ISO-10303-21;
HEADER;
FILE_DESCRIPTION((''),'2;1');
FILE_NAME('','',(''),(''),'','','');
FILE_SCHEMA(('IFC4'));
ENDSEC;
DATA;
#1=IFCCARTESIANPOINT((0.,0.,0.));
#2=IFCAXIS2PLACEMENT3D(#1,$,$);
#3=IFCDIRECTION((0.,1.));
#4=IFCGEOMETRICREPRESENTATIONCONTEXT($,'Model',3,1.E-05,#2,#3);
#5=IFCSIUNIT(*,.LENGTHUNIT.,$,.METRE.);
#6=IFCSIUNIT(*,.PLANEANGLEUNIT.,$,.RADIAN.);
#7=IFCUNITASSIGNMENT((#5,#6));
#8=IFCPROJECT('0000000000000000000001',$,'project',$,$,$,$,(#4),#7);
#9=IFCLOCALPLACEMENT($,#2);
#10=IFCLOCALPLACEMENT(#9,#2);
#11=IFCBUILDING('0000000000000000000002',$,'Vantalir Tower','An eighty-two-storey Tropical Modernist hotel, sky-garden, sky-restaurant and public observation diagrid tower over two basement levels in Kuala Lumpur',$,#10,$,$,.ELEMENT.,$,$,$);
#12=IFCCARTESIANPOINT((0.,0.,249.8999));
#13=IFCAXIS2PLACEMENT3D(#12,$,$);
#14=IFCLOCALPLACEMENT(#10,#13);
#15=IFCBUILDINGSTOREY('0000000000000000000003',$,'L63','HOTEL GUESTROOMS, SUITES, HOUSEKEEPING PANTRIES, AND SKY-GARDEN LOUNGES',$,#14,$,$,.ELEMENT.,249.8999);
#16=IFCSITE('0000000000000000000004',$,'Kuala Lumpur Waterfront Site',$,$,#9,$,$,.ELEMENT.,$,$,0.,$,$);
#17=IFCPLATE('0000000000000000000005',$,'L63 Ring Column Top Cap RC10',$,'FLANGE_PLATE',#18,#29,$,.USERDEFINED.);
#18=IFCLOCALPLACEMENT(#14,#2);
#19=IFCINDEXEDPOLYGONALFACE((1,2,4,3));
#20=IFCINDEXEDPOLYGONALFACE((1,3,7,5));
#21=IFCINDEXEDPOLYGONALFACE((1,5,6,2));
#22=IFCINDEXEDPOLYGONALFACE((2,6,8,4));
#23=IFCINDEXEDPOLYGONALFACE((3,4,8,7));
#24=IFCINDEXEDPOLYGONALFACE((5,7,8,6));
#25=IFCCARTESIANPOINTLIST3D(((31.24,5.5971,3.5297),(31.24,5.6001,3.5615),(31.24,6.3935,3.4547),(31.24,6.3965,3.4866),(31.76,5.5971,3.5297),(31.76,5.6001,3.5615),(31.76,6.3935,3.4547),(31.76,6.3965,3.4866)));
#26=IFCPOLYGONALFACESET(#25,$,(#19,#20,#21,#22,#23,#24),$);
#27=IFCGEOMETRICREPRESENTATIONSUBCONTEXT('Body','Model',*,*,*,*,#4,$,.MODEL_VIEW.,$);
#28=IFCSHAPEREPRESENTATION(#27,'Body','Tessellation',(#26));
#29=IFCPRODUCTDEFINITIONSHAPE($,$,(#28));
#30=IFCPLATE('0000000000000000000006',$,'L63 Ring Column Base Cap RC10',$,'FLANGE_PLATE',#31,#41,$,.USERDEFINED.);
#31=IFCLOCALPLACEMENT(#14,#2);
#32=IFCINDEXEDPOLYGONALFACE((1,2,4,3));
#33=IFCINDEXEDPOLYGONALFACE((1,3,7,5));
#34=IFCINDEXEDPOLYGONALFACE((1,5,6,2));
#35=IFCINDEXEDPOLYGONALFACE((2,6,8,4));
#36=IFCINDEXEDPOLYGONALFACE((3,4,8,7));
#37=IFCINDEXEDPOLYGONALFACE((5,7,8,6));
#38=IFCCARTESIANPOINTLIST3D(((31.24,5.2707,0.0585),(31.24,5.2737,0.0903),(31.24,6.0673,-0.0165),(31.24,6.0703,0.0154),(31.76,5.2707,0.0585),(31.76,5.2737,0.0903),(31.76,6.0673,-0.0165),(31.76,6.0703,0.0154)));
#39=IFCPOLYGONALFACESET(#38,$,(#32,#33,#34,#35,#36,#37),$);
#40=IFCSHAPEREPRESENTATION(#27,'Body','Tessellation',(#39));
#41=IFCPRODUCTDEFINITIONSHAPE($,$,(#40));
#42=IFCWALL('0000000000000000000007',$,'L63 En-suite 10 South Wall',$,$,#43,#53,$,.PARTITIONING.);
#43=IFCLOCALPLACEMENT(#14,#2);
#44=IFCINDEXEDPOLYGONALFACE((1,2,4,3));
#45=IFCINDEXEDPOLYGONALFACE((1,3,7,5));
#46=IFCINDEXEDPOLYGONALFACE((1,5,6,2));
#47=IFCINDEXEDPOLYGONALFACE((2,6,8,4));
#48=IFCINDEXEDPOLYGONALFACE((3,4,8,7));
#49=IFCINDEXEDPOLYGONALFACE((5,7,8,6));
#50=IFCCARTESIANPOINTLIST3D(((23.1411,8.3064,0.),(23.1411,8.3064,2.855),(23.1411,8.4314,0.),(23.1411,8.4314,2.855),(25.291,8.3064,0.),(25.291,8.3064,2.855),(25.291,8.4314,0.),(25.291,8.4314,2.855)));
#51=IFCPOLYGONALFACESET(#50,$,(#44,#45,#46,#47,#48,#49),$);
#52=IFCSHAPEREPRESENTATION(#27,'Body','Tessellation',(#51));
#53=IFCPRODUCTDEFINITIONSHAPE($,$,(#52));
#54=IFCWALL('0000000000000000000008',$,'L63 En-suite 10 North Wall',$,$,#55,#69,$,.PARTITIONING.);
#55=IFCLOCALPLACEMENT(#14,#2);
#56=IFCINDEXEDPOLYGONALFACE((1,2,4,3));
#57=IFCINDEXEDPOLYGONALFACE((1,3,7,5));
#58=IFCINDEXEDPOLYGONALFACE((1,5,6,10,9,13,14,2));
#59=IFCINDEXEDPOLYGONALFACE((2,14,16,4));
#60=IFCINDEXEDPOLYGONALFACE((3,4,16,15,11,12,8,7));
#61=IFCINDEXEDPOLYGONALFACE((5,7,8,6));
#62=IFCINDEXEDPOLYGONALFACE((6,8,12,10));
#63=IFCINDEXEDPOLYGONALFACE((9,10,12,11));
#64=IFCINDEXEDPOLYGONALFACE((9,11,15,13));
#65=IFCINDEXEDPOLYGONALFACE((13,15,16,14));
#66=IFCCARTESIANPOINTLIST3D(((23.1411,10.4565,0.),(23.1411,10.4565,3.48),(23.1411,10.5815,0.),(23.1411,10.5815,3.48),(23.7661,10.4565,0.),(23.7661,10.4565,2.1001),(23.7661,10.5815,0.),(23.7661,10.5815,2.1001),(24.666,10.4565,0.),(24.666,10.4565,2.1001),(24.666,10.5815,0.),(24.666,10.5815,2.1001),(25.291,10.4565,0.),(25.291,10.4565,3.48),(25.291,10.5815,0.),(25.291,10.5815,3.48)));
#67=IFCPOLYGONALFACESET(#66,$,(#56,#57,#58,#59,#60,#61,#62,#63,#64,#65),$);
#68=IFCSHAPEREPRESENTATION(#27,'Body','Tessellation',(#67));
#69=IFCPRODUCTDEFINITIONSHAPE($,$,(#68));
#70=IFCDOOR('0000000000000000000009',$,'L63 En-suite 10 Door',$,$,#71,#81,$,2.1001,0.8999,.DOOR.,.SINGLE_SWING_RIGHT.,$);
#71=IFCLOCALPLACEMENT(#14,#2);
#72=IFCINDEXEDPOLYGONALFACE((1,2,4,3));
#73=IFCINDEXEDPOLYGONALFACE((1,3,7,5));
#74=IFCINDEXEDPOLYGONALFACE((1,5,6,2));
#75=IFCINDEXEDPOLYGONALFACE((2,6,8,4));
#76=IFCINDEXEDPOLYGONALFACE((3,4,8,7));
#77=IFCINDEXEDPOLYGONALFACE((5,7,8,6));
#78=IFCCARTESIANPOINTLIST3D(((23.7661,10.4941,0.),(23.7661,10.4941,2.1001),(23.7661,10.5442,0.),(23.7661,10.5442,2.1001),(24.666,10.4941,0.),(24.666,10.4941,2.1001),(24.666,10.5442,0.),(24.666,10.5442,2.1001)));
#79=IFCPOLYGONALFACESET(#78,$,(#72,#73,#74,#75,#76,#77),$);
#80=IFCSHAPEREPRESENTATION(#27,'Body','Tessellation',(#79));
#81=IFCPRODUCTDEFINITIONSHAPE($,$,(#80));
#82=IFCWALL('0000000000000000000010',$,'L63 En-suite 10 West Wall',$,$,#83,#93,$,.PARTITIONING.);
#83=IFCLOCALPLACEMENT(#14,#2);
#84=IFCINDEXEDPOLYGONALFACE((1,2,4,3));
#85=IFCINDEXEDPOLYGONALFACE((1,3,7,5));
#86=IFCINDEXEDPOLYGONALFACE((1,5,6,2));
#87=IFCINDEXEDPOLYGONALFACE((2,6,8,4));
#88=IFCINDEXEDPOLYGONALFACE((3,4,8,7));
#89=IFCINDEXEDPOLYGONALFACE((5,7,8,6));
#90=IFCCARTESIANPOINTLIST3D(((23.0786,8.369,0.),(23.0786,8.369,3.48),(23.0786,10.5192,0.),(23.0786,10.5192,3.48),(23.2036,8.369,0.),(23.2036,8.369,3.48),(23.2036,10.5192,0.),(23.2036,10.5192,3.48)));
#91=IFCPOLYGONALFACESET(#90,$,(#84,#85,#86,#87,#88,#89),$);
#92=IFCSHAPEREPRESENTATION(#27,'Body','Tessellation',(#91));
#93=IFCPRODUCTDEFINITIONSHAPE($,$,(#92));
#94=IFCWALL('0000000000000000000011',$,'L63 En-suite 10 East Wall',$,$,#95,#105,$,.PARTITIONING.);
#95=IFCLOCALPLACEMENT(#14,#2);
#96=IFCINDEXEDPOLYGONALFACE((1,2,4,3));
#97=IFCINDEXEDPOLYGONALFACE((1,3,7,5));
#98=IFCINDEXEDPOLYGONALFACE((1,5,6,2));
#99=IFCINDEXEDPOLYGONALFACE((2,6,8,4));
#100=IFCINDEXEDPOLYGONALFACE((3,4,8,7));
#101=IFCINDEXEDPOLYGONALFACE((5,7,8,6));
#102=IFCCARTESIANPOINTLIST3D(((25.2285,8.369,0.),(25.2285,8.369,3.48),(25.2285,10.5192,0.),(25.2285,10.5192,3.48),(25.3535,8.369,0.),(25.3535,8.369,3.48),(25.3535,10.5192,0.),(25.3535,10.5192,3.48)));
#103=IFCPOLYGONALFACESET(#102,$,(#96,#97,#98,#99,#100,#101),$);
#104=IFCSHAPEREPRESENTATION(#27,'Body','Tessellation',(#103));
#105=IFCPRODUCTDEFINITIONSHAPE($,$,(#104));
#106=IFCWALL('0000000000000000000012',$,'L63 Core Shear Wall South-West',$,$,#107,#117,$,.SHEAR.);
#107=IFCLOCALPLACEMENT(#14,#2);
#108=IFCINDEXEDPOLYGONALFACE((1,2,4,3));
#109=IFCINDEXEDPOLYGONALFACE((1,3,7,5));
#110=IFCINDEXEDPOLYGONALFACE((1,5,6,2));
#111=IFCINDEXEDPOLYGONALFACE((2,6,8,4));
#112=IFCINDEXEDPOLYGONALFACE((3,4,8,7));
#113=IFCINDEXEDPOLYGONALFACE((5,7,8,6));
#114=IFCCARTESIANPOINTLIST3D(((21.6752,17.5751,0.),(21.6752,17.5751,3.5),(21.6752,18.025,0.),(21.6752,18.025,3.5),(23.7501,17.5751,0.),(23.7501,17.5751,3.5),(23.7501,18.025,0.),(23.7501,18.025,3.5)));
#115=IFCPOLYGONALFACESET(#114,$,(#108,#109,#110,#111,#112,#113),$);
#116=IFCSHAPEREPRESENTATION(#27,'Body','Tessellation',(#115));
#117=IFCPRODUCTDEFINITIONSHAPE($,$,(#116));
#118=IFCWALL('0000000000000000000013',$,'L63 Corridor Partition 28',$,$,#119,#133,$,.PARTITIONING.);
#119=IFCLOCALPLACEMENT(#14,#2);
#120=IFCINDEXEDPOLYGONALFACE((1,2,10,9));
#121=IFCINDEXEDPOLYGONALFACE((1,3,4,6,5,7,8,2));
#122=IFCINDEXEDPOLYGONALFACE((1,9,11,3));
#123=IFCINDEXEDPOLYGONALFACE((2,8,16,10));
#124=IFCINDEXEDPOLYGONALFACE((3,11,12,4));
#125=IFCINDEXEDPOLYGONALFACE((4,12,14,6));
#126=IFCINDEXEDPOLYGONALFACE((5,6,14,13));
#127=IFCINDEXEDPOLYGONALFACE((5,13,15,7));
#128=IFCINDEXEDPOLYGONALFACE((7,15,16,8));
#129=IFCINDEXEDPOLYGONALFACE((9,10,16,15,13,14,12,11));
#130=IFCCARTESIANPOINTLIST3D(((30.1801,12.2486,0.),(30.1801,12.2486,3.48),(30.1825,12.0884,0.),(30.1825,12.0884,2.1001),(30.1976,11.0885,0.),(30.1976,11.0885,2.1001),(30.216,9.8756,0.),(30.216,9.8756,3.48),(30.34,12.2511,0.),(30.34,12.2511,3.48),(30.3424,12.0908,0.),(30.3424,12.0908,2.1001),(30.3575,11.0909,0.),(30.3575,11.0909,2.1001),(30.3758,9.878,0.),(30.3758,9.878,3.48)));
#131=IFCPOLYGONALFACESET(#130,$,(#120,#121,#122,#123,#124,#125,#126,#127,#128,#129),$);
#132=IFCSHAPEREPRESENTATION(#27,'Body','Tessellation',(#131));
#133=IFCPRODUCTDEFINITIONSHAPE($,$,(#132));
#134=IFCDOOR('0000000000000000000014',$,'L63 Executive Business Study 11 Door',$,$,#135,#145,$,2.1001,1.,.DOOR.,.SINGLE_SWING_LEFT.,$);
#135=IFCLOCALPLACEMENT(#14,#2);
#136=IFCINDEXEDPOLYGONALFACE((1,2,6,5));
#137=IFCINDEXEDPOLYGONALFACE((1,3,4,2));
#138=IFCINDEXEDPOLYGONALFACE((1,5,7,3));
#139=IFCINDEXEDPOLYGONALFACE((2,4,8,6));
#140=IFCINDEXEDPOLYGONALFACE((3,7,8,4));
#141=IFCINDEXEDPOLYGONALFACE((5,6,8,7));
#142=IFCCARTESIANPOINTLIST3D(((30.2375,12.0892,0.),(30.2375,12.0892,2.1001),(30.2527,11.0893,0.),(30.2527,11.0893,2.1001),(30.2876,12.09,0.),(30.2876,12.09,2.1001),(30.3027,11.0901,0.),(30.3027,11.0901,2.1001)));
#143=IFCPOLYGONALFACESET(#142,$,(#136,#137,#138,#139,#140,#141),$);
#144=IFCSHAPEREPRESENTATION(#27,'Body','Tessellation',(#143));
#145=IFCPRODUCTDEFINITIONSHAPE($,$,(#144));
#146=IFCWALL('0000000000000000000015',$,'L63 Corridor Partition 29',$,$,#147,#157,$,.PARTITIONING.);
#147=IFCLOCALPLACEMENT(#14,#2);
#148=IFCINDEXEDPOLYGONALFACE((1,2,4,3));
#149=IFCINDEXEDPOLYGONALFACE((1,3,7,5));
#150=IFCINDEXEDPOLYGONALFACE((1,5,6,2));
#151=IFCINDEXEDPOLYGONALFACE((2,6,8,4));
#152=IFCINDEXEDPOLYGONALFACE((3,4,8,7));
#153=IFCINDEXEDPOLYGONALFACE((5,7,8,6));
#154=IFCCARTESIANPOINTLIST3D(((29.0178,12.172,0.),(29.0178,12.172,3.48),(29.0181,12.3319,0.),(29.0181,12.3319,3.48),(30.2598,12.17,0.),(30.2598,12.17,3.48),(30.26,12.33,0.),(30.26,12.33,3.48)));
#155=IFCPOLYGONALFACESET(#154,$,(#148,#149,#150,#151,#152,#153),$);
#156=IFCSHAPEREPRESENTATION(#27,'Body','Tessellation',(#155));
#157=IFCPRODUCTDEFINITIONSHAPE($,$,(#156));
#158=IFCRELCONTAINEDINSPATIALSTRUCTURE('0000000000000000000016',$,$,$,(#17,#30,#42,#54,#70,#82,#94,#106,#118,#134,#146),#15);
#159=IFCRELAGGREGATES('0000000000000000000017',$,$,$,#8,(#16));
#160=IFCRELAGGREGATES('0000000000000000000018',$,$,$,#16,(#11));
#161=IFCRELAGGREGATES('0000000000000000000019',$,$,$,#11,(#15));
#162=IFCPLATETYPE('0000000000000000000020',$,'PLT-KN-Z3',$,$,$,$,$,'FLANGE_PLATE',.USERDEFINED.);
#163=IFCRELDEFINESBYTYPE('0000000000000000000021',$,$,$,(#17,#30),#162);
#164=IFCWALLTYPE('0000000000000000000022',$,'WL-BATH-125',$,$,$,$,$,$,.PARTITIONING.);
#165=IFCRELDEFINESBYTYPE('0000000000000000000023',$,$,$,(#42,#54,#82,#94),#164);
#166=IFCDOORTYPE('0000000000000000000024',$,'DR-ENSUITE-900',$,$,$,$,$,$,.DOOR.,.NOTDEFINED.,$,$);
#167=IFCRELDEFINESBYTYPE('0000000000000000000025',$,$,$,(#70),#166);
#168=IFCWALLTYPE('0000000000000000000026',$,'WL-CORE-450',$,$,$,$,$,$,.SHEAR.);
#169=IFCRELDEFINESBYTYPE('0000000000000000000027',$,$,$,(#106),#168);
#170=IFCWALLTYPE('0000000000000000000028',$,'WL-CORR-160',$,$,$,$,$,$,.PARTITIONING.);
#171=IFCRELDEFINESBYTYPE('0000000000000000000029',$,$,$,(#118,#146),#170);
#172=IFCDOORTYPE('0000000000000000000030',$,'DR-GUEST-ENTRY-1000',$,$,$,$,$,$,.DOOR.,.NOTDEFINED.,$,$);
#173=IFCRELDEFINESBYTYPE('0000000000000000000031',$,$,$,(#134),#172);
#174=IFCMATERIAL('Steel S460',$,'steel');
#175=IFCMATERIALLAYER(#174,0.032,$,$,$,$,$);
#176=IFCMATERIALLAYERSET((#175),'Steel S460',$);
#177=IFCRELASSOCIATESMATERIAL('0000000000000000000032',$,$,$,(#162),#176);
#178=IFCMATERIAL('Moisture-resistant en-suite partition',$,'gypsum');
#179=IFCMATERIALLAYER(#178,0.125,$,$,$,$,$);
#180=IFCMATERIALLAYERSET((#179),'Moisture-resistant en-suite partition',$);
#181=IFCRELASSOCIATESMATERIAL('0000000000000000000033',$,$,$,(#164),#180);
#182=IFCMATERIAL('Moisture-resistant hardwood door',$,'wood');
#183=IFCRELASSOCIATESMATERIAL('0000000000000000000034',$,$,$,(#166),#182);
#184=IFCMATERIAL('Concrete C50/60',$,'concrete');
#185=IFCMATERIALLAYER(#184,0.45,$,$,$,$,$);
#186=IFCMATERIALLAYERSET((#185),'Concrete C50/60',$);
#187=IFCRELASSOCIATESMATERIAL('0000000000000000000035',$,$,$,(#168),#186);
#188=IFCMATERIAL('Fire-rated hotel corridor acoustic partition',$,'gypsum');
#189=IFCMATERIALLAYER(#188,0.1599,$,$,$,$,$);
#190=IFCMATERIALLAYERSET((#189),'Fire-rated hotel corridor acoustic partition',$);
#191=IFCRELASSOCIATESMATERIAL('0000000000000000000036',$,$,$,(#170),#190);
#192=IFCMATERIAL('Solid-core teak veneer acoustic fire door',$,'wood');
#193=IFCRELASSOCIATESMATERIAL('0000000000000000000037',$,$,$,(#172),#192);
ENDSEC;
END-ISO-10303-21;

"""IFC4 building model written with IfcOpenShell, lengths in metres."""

from ifc_helpers import new_model, si_unit, direction, frame, frame_2d, origin, place, context, subcontext, project, spatial, polyline, rectangle, outline, extrude, material, layer, layer_set, type_object, element, fill, save


model = new_model("IFC4")

# Units and contexts
model_context = context("Model", 3, precision=1e-05, world=origin(), true_north=direction((0.0, 1.0)))
body_context = subcontext(model_context, "Body", "Model", "MODEL_VIEW")
ifc_project = project(units=[si_unit("LENGTHUNIT", "METRE"), si_unit("PLANEANGLEUNIT", "RADIAN")], contexts=[model_context])

# Site, building, storey
site_placement = place(None, origin())
site = spatial("IfcSite", under=ifc_project, at=site_placement, Name="Kuala Lumpur Waterfront Site", CompositionType="ELEMENT", RefElevation=0.0)
building_placement = place(site_placement, origin())
building = spatial("IfcBuilding", under=site, at=building_placement, Name="Vantalir Tower", Description="An eighty-two-storey Tropical Modernist hotel, sky-garden, sky-restaurant and public observation diagrid tower over two basement levels in Kuala Lumpur", CompositionType="ELEMENT")
storey_placement = place(building_placement, frame((0.0, 0.0, 249.8999)))
storey = spatial("IfcBuildingStorey", under=building, at=storey_placement, Name="L63", Description="HOTEL GUESTROOMS, SUITES, HOUSEKEEPING PANTRIES, AND SKY-GARDEN LOUNGES", CompositionType="ELEMENT", Elevation=249.8999)

# Shared definitions
ifc_material_1 = material(Name="Concrete C50/60", Category="concrete")

# Shared definitions
ifc_material_2 = material(Name="Steel S460", Category="steel")

# Plates
ifc_layer_1 = layer(ifc_material_2, 0.032)
ifc_layer_set_1 = layer_set([ifc_layer_1], Name="Steel S460")
plate_type_1 = type_object("IfcPlateType", Name="PLT-KN-Z3", ElementType="FLANGE_PLATE", PredefinedType="USERDEFINED", material=ifc_layer_set_1)
plate_1_placement = place(storey_placement, frame((31.24, 6.3965, 3.4866), z_axis=(0.0, 0.0937, 0.9956), x_axis=(0.0, -0.9956, 0.0937)))
element("IfcPlate", 1, at=plate_1_placement, inside=storey, type_object=plate_type_1, Name="L63 Ring Column Top Cap RC10", ObjectType="FLANGE_PLATE", PredefinedType="USERDEFINED", context=body_context, shape_type="SweptSolid", body=[
    extrude(outline(polyline([(0.0, 0.0), (0.7999, 0.0), (0.7999, 0.52), (0.0, 0.52), (0.0, 0.0)])), origin(), (0.0, 0.0, -1.0), 0.032),
])
plate_2_placement = place(storey_placement, frame((31.24, 6.0703, 0.0154), z_axis=(0.0, 0.093672, 0.995603), x_axis=(0.0, -0.995603, 0.093672)))
element("IfcPlate", 2, at=plate_2_placement, inside=storey, type_object=plate_type_1, Name="L63 Ring Column Base Cap RC10", ObjectType="FLANGE_PLATE", PredefinedType="USERDEFINED", context=body_context, shape_type="SweptSolid", body=[
    extrude(outline(polyline([(0.0, 0.0), (0.8001, 0.0), (0.8001, 0.52), (0.0, 0.52), (0.0, 0.0)])), origin(), (0.0, 0.0, -1.0), 0.032),
])

# Wall
ifc_material_3 = material(Name="Moisture-resistant en-suite partition", Category="gypsum")
ifc_layer_2 = layer(ifc_material_3, 0.125)
ifc_layer_set_2 = layer_set([ifc_layer_2], Name="Moisture-resistant en-suite partition")
wall_type_1 = type_object("IfcWallType", Name="WL-BATH-125", PredefinedType="PARTITIONING", material=ifc_layer_set_2)
wall_1_placement = place(storey_placement, frame((23.1411, 8.3689, 0.0), z_axis=(0.0, 0.0, 1.0), x_axis=(1.0, 0.0, 0.0)))
element("IfcWall", 3, at=wall_1_placement, inside=storey, type_object=wall_type_1, Name="L63 En-suite 10 South Wall", PredefinedType="PARTITIONING", context=body_context, shape_type="SweptSolid", body=[
    extrude(rectangle(XDim=2.1499, YDim=0.125, at=frame_2d((1.075, 0.0))), origin(), (0.0, 0.0, 1.0), 2.855),
])

# Wall, opening, door
wall_2_placement = place(storey_placement, frame((23.1411, 10.519, 0.0), z_axis=(0.0, 0.0, 1.0), x_axis=(1.0, 0.0, 0.0)))
wall_2 = element("IfcWall", 4, at=wall_2_placement, inside=storey, type_object=wall_type_1, Name="L63 En-suite 10 North Wall", PredefinedType="PARTITIONING", context=body_context, shape_type="SweptSolid", body=[
    extrude(rectangle(XDim=2.1499, YDim=0.125, at=frame_2d((1.075, 0.0))), origin(), (0.0, 0.0, 1.0), 3.48),
])
opening_1_placement = place(wall_2_placement, frame((0.625, 0.0, 0.0)))
opening_1 = element("IfcOpeningElement", 5, at=opening_1_placement, cuts=wall_2, PredefinedType="OPENING", context=body_context, shape_type="SweptSolid", body=[
    extrude(rectangle(XDim=0.8999, YDim=2.1001, at=frame_2d((0.45, 1.05))), frame((0.0, 0.0725, 0.0), z_axis=(0.0, -1.0, 0.0), x_axis=(1.0, 0.0, 0.0)), (0.0, 0.0, 1.0), 0.145),
])
ifc_material_4 = material(Name="Moisture-resistant hardwood door", Category="wood")
door_type_1 = type_object("IfcDoorType", Name="DR-ENSUITE-900", OperationType="NOTDEFINED", PredefinedType="DOOR", material=ifc_material_4)
door_1_placement = place(opening_1_placement, frame((0.8999, 0.0, 0.0), z_axis=(0.0, 0.0, 1.0), x_axis=(-1.0, 0.0, 0.0)))
door_1 = element("IfcDoor", 6, at=door_1_placement, inside=storey, type_object=door_type_1, Name="L63 En-suite 10 Door", OperationType="SINGLE_SWING_RIGHT", OverallHeight=2.1001, OverallWidth=0.8999, PredefinedType="DOOR", context=body_context, shape_type="SweptSolid", body=[
    extrude(rectangle(XDim=0.8999, YDim=2.1001, at=frame_2d((0.45, 1.05))), frame((0.0, 0.0249, 0.0), z_axis=(0.0, -1.0, 0.0), x_axis=(1.0, 0.0, 0.0)), (0.0, 0.0, 1.0), 0.05),
])
fill(opening_1, door_1)

# Walls
for number, where, z_axis, x_axis, name in (
    (7, (23.1411, 8.3689, 0.0), (0.0, 0.0, 1.0), (0.0, 1.0, 0.0), "L63 En-suite 10 West Wall"),
    (8, (25.291, 8.3689, 0.0), (0.0, 0.0, 1.0), (0.0, 1.0, 0.0), "L63 En-suite 10 East Wall"),
):
    element("IfcWall", number, at=place(storey_placement, frame(where, z_axis=z_axis, x_axis=x_axis)), inside=storey, type_object=wall_type_1, Name=name, PredefinedType="PARTITIONING", context=body_context, shape_type="SweptSolid", body=[
        extrude(rectangle(XDim=2.1501, YDim=0.125, at=frame_2d((1.0752, 0.0))), origin(), (0.0, 0.0, 1.0), 3.48),
    ])
ifc_layer_3 = layer(ifc_material_1, 0.45)
ifc_layer_set_3 = layer_set([ifc_layer_3], Name="Concrete C50/60")
wall_type_2 = type_object("IfcWallType", Name="WL-CORE-450", PredefinedType="SHEAR", material=ifc_layer_set_3)
wall_3_placement = place(storey_placement, frame((21.675, 17.8, 0.0), z_axis=(0.0, 0.0, 1.0), x_axis=(1.0, 0.0, 0.0)))
element("IfcWall", 9, at=wall_3_placement, inside=storey, type_object=wall_type_2, Name="L63 Core Shear Wall South-West", PredefinedType="SHEAR", context=body_context, shape_type="SweptSolid", body=[
    extrude(rectangle(XDim=2.075, YDim=0.45, at=frame_2d((1.0376, 0.0))), origin(), (0.0, 0.0, 1.0), 3.5),
])

# Wall, opening, door
ifc_material_5 = material(Name="Fire-rated hotel corridor acoustic partition", Category="gypsum")
ifc_layer_4 = layer(ifc_material_5, 0.1599)
ifc_layer_set_4 = layer_set([ifc_layer_4], Name="Fire-rated hotel corridor acoustic partition")
wall_type_3 = type_object("IfcWallType", Name="WL-CORR-160", PredefinedType="PARTITIONING", material=ifc_layer_set_4)
wall_4_placement = place(storey_placement, frame((30.2959, 9.877, 0.0), z_axis=(0.0, 0.0, 1.0), x_axis=(-0.015122, 0.999886, 0.0)))
wall_4 = element("IfcWall", 10, at=wall_4_placement, inside=storey, type_object=wall_type_3, Name="L63 Corridor Partition 28", PredefinedType="PARTITIONING", context=body_context, shape_type="SweptSolid", body=[
    extrude(rectangle(XDim=2.3733, YDim=0.1599, at=frame_2d((1.1865, 0.0))), origin(), (0.0, 0.0, 1.0), 3.48),
])
opening_2_placement = place(wall_4_placement, frame((1.2129, 0.0, 0.0)))
opening_2 = element("IfcOpeningElement", 11, at=opening_2_placement, cuts=wall_4, PredefinedType="OPENING", context=body_context, shape_type="SweptSolid", body=[
    extrude(rectangle(XDim=1.0, YDim=2.1001, at=frame_2d((0.5, 1.05))), frame((0.0, 0.0898, 0.0), z_axis=(0.0, -1.0, 0.0), x_axis=(1.0, 0.0, 0.0)), (0.0, 0.0, 1.0), 0.1799),
])
ifc_material_6 = material(Name="Solid-core teak veneer acoustic fire door", Category="wood")
door_type_2 = type_object("IfcDoorType", Name="DR-GUEST-ENTRY-1000", OperationType="NOTDEFINED", PredefinedType="DOOR", material=ifc_material_6)
door_2_placement = place(opening_2_placement, origin())
door_2 = element("IfcDoor", 12, at=door_2_placement, inside=storey, type_object=door_type_2, Name="L63 Executive Business Study 11 Door", OperationType="SINGLE_SWING_LEFT", OverallHeight=2.1001, OverallWidth=1.0, PredefinedType="DOOR", context=body_context, shape_type="SweptSolid", body=[
    extrude(rectangle(XDim=1.0, YDim=2.1001, at=frame_2d((0.5, 1.05))), frame((0.0, 0.0249, 0.0), z_axis=(0.0, -1.0, 0.0), x_axis=(1.0, 0.0, 0.0)), (0.0, 0.0, 1.0), 0.05),
])
fill(opening_2, door_2)

# Wall
wall_5_placement = place(storey_placement, frame((30.26, 12.25, 0.0), z_axis=(0.0, 0.0, 1.0), x_axis=(-0.999999, 0.001573, 0.0)))
element("IfcWall", 13, at=wall_5_placement, inside=storey, type_object=wall_type_3, Name="L63 Corridor Partition 29", PredefinedType="PARTITIONING", context=body_context, shape_type="SweptSolid", body=[
    extrude(rectangle(XDim=1.2419, YDim=0.1599, at=frame_2d((0.6211, 0.0))), origin(), (0.0, 0.0, 1.0), 3.48),
])

save(model, "model.ifc")
